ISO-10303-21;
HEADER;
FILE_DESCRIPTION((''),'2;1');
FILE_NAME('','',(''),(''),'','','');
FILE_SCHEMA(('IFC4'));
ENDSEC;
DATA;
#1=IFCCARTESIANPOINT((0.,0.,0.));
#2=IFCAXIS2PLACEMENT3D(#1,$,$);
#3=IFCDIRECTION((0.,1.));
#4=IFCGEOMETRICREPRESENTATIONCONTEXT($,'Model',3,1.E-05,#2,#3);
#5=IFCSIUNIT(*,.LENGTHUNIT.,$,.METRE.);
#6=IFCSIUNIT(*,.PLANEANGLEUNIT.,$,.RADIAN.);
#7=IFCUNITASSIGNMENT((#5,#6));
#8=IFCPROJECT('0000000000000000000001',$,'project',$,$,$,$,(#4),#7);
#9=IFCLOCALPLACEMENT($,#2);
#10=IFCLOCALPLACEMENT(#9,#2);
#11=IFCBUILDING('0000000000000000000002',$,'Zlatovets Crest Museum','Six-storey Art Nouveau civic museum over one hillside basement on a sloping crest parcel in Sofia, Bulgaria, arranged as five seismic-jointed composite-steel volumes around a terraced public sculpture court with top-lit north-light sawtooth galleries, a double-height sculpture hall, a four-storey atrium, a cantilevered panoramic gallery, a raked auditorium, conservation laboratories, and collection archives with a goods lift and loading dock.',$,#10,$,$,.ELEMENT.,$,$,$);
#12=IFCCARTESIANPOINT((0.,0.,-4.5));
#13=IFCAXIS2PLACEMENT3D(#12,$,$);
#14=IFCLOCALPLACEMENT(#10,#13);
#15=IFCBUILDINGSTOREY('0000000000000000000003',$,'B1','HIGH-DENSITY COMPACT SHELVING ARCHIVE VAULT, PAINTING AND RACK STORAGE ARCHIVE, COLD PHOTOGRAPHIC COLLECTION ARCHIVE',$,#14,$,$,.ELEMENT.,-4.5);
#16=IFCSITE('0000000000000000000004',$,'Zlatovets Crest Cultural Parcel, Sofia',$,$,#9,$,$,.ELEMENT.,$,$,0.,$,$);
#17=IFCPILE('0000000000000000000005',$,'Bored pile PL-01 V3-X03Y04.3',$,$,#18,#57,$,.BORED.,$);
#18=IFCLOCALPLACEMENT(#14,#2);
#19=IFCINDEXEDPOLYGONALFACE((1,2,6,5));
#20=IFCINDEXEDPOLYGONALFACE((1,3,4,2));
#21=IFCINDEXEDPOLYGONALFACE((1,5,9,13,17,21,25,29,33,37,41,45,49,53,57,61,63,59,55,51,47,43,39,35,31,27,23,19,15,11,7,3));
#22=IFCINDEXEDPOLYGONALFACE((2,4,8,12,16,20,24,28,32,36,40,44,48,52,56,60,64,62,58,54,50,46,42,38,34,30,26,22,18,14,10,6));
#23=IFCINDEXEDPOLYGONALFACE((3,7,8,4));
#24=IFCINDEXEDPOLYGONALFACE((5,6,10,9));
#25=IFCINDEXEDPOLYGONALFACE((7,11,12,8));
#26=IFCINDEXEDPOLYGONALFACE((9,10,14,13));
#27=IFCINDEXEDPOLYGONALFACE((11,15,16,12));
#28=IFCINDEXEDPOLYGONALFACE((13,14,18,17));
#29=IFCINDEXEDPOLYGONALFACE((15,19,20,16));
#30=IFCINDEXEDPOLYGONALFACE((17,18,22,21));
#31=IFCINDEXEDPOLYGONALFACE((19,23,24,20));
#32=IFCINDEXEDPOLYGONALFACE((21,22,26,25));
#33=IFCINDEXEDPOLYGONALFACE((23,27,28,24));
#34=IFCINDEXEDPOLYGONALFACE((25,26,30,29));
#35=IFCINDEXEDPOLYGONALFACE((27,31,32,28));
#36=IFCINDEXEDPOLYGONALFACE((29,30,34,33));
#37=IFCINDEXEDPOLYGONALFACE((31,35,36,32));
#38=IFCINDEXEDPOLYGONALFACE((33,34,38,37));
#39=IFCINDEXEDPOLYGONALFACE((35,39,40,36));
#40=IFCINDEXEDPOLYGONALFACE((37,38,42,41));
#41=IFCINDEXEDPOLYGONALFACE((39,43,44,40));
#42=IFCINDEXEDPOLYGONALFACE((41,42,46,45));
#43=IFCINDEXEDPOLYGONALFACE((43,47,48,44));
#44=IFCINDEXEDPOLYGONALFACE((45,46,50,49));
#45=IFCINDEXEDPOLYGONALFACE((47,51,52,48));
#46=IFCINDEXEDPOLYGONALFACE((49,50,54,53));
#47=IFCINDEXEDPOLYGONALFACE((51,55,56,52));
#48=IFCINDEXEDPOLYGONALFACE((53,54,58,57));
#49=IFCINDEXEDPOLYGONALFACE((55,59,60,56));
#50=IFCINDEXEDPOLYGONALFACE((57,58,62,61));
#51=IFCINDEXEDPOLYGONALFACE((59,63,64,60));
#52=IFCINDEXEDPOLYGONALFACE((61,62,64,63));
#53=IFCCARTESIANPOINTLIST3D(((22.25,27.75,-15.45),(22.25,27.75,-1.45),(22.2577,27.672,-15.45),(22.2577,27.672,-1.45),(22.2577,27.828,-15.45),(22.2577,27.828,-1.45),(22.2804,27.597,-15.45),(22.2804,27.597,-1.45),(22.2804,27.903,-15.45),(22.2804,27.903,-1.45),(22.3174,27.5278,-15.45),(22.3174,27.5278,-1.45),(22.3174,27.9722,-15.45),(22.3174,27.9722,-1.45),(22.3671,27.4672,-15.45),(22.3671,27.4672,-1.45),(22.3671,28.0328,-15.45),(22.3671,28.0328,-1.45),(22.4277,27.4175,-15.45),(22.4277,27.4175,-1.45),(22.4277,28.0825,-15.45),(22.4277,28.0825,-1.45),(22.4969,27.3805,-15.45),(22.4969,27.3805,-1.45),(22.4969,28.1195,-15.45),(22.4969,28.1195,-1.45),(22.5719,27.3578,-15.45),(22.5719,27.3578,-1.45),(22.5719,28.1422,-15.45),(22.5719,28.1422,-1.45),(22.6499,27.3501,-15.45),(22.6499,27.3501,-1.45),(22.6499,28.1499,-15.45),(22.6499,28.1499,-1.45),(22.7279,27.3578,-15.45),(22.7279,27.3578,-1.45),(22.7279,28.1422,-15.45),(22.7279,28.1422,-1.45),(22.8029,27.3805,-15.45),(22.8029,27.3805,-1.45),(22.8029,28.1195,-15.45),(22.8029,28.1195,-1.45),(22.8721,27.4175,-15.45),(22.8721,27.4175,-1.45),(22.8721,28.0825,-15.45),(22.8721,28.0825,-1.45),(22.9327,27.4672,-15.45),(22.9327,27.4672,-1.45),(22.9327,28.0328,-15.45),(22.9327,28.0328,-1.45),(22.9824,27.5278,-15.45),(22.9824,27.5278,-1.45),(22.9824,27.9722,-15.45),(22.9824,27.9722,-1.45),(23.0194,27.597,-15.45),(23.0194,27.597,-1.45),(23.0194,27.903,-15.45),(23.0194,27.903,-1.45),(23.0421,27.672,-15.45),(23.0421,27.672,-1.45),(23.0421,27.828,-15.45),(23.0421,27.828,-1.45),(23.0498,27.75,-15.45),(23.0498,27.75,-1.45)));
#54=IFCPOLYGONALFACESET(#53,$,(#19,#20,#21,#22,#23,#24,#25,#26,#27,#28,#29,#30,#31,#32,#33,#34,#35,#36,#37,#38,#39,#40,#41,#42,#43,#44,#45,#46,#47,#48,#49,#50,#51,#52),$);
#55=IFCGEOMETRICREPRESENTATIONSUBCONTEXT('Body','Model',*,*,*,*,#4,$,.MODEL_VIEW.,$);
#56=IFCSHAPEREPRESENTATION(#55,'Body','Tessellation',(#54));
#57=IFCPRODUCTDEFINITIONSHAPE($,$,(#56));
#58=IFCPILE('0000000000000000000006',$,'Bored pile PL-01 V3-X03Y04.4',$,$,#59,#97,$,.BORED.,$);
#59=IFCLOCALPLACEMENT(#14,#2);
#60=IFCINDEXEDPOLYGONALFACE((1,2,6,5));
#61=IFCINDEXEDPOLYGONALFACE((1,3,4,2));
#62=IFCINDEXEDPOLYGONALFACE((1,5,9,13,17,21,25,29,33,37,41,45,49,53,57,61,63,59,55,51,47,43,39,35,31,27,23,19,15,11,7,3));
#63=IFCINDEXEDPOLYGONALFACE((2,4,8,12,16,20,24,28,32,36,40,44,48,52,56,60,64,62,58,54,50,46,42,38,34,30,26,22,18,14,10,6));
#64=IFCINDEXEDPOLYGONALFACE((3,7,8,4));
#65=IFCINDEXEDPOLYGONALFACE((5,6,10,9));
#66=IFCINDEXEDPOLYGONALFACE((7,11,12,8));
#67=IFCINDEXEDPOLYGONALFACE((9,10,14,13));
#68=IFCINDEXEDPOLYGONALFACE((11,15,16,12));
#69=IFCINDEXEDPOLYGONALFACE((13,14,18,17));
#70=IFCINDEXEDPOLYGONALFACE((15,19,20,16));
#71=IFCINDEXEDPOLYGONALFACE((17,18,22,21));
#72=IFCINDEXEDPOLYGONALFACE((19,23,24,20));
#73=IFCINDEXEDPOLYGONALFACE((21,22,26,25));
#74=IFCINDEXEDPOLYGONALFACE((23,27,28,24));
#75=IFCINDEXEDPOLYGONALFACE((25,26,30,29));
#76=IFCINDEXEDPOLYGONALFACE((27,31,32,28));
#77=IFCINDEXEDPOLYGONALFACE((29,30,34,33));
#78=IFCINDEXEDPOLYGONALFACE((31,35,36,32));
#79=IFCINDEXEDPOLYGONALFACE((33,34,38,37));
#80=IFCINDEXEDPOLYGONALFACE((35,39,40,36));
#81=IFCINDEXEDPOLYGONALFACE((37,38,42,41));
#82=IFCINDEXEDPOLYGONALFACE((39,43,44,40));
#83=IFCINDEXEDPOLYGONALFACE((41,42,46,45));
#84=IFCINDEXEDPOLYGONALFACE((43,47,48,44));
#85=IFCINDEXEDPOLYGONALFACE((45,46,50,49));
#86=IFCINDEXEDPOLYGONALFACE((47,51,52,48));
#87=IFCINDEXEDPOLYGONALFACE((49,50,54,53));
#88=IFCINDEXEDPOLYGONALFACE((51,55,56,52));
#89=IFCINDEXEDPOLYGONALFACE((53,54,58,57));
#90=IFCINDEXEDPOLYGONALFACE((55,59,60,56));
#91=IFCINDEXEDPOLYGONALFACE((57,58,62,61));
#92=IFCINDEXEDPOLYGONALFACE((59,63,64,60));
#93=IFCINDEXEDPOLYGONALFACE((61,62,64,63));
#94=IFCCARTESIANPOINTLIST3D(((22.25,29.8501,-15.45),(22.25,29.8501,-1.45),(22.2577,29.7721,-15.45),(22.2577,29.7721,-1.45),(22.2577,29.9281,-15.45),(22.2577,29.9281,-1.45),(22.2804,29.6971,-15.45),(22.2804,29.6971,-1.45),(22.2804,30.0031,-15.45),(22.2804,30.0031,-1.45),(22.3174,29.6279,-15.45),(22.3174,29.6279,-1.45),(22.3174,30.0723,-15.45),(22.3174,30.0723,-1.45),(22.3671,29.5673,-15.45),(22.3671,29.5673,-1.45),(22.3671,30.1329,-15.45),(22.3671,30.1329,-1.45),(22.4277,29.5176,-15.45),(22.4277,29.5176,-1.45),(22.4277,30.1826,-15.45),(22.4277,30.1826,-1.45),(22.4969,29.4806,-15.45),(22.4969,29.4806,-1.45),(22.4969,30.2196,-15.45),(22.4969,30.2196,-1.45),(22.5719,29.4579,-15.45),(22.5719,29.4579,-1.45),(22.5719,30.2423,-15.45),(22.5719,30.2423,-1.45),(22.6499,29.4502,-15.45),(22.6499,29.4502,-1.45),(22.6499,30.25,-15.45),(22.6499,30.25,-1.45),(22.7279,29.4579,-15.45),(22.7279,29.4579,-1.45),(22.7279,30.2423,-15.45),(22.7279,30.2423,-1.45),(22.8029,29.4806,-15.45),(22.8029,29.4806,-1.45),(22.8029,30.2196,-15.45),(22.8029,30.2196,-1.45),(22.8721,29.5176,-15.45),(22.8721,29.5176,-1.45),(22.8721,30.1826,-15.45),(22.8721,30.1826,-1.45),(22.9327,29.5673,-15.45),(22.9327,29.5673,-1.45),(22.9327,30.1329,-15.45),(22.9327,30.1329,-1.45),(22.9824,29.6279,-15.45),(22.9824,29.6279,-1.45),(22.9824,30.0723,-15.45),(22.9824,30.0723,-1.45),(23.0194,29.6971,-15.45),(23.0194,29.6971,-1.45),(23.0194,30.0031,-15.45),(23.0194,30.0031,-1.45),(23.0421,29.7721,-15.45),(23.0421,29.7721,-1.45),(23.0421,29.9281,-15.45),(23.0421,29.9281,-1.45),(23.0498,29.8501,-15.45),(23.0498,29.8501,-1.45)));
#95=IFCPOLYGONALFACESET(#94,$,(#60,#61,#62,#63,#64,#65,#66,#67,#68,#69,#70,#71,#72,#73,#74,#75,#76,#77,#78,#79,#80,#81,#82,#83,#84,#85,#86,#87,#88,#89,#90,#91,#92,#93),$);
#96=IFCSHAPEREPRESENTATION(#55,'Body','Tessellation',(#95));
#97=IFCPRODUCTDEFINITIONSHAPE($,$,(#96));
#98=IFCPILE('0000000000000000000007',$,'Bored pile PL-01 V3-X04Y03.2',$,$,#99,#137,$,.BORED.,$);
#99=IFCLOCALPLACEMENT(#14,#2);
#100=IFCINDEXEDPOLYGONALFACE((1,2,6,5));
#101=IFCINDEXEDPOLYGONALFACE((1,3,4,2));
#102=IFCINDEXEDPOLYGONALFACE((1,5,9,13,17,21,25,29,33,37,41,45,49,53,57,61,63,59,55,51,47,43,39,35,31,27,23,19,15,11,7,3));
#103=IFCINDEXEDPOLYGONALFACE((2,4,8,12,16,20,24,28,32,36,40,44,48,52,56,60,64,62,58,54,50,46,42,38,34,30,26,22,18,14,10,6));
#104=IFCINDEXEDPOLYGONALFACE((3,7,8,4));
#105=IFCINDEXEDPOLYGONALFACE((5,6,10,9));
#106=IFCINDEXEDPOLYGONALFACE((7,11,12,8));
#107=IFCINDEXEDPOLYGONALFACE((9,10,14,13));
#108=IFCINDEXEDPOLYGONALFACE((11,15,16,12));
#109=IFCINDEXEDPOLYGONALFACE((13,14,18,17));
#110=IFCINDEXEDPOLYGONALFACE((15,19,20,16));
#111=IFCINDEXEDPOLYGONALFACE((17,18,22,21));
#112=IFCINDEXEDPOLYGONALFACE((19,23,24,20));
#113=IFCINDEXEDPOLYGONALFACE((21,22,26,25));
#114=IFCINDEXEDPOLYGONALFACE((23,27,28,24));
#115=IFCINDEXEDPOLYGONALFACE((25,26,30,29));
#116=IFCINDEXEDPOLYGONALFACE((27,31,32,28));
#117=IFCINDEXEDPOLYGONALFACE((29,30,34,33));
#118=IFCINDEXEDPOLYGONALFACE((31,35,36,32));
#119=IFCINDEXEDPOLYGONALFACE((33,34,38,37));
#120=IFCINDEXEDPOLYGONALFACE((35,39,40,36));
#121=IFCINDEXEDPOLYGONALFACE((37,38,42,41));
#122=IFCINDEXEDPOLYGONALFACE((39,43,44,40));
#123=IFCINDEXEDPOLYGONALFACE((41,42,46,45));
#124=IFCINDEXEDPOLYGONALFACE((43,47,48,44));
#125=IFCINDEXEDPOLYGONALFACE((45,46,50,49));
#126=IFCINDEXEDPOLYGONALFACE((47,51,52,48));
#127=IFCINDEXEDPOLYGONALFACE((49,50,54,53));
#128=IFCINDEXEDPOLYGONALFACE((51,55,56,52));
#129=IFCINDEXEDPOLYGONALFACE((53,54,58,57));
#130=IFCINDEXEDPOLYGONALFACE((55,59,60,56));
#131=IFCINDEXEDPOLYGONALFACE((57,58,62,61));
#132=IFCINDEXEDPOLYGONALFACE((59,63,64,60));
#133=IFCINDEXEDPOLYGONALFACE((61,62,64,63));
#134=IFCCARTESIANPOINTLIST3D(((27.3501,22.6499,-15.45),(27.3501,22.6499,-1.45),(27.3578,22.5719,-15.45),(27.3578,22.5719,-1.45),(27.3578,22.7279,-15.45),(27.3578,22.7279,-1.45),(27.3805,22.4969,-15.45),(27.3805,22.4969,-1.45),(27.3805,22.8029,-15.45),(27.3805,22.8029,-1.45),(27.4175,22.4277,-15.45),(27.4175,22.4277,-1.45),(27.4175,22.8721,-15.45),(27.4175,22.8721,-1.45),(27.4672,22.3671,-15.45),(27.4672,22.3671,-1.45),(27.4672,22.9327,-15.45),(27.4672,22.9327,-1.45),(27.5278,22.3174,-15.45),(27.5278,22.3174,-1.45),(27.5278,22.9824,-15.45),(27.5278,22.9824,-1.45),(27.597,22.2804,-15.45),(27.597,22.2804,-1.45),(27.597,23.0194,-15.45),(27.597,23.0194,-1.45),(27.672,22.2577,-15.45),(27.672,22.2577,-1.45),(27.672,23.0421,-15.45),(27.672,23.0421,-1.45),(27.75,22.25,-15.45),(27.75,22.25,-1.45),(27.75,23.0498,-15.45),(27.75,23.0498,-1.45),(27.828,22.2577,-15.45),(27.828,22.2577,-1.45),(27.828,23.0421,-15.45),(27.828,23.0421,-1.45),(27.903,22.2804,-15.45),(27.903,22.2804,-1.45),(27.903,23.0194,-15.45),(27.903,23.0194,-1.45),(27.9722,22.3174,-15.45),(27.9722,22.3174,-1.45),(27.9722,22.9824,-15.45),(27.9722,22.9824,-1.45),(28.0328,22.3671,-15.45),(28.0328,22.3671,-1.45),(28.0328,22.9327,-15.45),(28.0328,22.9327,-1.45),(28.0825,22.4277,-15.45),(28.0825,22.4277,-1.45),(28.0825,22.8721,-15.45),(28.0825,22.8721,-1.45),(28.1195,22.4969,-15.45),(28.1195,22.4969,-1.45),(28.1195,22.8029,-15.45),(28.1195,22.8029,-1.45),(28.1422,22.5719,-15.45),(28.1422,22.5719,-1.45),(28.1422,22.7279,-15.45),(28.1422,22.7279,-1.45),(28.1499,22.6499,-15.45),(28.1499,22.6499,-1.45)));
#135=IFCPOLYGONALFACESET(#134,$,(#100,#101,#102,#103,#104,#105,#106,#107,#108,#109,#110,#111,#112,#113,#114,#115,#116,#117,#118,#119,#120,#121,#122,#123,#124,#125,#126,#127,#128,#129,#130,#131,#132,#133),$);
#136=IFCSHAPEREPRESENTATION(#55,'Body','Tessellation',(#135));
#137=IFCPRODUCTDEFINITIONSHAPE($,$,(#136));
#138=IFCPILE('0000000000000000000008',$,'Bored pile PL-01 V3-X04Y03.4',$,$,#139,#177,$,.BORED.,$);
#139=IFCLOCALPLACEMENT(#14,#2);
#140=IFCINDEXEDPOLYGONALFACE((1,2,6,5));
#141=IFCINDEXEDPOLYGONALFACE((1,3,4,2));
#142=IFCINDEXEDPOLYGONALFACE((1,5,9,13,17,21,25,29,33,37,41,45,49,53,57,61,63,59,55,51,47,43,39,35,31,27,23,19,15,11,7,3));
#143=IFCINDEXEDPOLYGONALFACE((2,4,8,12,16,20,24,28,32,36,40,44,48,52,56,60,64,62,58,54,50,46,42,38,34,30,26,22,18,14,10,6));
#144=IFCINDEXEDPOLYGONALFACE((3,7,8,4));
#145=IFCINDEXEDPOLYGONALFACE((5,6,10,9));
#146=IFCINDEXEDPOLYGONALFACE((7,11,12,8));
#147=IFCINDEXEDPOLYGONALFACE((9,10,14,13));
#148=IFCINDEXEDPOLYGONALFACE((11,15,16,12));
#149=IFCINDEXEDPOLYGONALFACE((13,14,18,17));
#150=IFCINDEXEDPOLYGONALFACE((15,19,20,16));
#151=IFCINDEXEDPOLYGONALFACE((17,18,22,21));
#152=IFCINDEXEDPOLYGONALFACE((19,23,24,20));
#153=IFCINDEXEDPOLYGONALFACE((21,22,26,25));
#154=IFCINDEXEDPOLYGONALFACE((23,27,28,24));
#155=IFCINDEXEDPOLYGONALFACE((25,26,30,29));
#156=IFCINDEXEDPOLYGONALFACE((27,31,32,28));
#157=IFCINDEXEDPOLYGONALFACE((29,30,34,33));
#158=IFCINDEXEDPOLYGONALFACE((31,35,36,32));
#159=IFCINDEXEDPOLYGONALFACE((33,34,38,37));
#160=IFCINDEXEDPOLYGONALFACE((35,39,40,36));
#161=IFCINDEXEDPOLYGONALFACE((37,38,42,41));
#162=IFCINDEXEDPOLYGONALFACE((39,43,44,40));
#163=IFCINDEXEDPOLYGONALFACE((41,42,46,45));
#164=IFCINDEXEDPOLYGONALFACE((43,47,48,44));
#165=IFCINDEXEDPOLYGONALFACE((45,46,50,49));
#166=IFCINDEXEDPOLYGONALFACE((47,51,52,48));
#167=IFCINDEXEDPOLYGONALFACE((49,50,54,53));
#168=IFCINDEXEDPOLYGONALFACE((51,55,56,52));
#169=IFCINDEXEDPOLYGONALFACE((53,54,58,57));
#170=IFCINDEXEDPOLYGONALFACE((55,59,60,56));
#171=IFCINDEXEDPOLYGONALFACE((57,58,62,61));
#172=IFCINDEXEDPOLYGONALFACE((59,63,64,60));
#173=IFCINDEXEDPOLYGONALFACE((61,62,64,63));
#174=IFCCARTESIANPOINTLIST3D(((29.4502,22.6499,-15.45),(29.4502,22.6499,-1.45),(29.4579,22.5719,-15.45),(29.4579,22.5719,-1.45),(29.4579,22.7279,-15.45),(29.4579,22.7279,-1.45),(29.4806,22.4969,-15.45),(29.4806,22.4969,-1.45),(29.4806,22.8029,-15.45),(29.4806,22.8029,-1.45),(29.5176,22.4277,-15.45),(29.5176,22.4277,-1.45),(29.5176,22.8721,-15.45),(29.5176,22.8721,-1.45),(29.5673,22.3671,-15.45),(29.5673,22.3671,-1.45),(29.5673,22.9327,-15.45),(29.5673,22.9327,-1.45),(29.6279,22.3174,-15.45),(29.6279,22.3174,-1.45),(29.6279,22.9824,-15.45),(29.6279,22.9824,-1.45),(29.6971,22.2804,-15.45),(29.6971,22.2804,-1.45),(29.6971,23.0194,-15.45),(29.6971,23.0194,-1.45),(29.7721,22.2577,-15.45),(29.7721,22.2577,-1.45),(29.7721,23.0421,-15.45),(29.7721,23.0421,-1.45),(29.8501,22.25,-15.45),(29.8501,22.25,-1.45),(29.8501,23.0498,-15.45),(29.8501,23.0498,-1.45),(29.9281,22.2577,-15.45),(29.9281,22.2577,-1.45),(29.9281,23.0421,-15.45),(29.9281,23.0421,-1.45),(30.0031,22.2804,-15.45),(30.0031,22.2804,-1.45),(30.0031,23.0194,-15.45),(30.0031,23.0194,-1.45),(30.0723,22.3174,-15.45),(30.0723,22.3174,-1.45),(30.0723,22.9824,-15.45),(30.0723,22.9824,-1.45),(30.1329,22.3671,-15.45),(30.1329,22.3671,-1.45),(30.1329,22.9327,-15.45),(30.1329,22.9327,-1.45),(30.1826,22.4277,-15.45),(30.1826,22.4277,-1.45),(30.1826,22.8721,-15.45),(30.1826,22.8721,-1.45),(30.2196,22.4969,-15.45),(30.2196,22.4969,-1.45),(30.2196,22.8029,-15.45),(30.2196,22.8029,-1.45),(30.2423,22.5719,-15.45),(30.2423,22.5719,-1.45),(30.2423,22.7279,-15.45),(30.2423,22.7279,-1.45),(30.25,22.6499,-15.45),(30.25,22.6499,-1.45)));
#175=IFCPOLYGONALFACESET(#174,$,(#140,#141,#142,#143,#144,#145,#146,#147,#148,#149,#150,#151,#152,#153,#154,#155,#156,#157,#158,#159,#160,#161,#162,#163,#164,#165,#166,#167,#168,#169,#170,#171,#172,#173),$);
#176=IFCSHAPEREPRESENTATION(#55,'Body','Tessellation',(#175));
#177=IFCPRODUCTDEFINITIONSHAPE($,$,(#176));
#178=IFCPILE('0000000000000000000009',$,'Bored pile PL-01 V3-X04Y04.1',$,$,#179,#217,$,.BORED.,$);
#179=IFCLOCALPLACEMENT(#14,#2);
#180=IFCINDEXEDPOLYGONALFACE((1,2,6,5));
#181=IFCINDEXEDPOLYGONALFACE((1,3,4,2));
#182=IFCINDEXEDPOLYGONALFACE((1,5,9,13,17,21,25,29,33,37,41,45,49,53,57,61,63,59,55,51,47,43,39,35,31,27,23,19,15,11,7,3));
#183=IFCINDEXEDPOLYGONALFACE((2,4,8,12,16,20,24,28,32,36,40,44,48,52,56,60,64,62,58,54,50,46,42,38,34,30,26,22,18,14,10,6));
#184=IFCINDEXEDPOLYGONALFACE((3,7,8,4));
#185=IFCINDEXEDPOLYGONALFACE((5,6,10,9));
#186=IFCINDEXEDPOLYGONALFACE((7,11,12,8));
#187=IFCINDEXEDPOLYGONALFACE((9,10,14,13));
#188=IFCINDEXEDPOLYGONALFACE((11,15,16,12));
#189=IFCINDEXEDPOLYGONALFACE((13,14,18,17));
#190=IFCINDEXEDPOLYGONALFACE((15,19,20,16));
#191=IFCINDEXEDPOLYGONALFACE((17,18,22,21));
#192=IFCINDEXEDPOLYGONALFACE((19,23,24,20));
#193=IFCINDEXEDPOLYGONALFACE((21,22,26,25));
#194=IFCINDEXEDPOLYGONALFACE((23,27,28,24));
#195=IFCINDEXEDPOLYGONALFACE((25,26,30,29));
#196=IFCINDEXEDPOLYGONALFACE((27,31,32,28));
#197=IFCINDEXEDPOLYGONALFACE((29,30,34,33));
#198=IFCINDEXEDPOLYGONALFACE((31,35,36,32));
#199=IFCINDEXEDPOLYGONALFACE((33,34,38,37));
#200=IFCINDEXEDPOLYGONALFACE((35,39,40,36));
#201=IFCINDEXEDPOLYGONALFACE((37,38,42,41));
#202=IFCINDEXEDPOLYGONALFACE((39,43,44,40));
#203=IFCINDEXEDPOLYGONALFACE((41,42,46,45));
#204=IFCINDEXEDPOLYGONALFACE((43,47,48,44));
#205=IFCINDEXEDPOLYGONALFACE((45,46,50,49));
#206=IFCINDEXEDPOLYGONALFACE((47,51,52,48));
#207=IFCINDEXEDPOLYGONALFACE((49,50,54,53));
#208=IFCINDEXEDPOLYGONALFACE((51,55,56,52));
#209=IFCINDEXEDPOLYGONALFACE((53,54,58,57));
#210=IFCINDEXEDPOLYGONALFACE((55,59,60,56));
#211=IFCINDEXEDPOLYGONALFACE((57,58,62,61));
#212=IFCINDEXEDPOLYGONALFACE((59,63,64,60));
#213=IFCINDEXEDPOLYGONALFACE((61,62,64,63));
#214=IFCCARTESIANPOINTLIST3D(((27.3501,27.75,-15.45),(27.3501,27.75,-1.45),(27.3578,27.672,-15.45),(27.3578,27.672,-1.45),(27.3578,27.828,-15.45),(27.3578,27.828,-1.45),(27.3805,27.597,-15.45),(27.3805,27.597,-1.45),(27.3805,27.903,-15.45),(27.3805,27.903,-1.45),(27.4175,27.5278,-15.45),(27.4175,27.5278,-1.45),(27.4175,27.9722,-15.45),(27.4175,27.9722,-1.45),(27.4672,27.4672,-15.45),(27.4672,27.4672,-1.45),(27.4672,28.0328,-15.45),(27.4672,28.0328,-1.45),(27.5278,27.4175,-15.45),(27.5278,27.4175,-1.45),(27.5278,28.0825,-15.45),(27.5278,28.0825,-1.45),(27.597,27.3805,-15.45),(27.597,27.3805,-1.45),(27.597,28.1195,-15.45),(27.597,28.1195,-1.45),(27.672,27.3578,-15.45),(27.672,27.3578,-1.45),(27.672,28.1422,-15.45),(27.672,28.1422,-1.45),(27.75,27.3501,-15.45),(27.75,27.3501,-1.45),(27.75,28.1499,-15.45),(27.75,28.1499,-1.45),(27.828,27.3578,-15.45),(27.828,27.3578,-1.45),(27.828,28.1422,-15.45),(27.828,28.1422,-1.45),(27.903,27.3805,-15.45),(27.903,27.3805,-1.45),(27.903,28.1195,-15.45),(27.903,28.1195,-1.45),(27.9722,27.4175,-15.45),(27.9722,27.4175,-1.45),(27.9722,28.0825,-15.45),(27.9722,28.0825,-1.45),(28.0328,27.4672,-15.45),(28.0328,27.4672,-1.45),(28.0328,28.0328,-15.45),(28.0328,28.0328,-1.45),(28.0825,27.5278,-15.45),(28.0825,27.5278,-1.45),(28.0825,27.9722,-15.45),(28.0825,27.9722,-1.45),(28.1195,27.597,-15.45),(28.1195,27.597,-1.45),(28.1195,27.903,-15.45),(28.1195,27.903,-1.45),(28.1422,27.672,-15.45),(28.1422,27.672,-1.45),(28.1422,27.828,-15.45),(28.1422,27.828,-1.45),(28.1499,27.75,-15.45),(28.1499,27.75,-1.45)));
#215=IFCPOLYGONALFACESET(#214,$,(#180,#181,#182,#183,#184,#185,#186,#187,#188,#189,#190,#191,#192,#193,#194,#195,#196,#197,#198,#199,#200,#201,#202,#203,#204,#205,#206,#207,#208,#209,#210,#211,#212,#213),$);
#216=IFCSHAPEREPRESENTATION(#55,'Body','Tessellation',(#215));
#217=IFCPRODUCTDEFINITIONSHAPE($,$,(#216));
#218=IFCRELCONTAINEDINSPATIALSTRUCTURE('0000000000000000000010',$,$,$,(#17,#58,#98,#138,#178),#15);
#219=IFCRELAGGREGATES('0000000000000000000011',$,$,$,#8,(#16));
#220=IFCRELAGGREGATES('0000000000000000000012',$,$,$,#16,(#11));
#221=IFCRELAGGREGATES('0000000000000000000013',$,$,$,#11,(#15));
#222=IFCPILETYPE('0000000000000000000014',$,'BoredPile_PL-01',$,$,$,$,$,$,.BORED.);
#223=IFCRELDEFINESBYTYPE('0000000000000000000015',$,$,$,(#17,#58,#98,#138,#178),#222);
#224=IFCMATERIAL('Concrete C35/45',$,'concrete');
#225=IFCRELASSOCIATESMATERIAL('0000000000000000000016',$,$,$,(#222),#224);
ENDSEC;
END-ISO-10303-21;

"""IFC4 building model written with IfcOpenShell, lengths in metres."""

from ifc_helpers import new_model, si_unit, direction, frame, origin, origin_2d, place, context, subcontext, project, spatial, circle, extrude, material, material_profile, profile_set, type_object, element, save


model = new_model("IFC4")

# Units and contexts
model_context = context("Model", 3, precision=1e-05, world=origin(), true_north=direction((0.0, 1.0)))
body_context = subcontext(model_context, "Body", "Model", "MODEL_VIEW")
ifc_project = project(units=[si_unit("LENGTHUNIT", "METRE"), si_unit("PLANEANGLEUNIT", "RADIAN")], contexts=[model_context])

# Site, building, storey
site_placement = place(None, origin())
site = spatial("IfcSite", under=ifc_project, at=site_placement, Name="Zlatovets Crest Cultural Parcel, Sofia", CompositionType="ELEMENT", RefElevation=0.0)
building_placement = place(site_placement, origin())
building = spatial("IfcBuilding", under=site, at=building_placement, Name="Zlatovets Crest Museum", Description="Six-storey Art Nouveau civic museum over one hillside basement on a sloping crest parcel in Sofia, Bulgaria, arranged as five seismic-jointed composite-steel volumes around a terraced public sculpture court with top-lit north-light sawtooth galleries, a double-height sculpture hall, a four-storey atrium, a cantilevered panoramic gallery, a raked auditorium, conservation laboratories, and collection archives with a goods lift and loading dock.", CompositionType="ELEMENT")
storey_placement = place(building_placement, frame((0.0, 0.0, -4.5)))
storey = spatial("IfcBuildingStorey", under=building, at=storey_placement, Name="B1", Description="HIGH-DENSITY COMPACT SHELVING ARCHIVE VAULT, PAINTING AND RACK STORAGE ARCHIVE, COLD PHOTOGRAPHIC COLLECTION ARCHIVE", CompositionType="ELEMENT", Elevation=-4.5)

# Piles
ifc_material_1 = material(Name="Concrete C35/45", Category="concrete")
ifc_material_profile_1 = material_profile(ifc_material_1, circle(Radius=0.3999, at=origin_2d()), Name="PILE D800")
ifc_profile_set_1 = profile_set([ifc_material_profile_1], Name="Concrete C35/45")
pile_type = type_object("IfcPileType", Name="BoredPile_PL-01", PredefinedType="BORED", material=ifc_profile_set_1)
for number, where, z_axis, x_axis, name in (
    (1, (22.6499, 27.75, -1.45), (0.0, 0.0, -1.0), (1.0, 0.0, 0.0), "Bored pile PL-01 V3-X03Y04.3"),
    (2, (22.6499, 29.8501, -1.45), (0.0, 0.0, -1.0), (1.0, 0.0, 0.0), "Bored pile PL-01 V3-X03Y04.4"),
    (3, (27.75, 22.6499, -1.45), (0.0, 0.0, -1.0), (1.0, 0.0, 0.0), "Bored pile PL-01 V3-X04Y03.2"),
    (4, (29.8501, 22.6499, -1.45), (0.0, 0.0, -1.0), (1.0, 0.0, 0.0), "Bored pile PL-01 V3-X04Y03.4"),
    (5, (27.75, 27.75, -1.45), (0.0, 0.0, -1.0), (1.0, 0.0, 0.0), "Bored pile PL-01 V3-X04Y04.1"),
):
    element("IfcPile", number, at=place(storey_placement, frame(where, z_axis=z_axis, x_axis=x_axis)), inside=storey, type_object=pile_type, Name=name, PredefinedType="BORED", context=body_context, shape_type="SweptSolid", body=[
        extrude(circle(Radius=0.3999, at=origin_2d()), origin(), (0.0, 0.0, 1.0), 14.0),
    ])

save(model, "model.ifc")
